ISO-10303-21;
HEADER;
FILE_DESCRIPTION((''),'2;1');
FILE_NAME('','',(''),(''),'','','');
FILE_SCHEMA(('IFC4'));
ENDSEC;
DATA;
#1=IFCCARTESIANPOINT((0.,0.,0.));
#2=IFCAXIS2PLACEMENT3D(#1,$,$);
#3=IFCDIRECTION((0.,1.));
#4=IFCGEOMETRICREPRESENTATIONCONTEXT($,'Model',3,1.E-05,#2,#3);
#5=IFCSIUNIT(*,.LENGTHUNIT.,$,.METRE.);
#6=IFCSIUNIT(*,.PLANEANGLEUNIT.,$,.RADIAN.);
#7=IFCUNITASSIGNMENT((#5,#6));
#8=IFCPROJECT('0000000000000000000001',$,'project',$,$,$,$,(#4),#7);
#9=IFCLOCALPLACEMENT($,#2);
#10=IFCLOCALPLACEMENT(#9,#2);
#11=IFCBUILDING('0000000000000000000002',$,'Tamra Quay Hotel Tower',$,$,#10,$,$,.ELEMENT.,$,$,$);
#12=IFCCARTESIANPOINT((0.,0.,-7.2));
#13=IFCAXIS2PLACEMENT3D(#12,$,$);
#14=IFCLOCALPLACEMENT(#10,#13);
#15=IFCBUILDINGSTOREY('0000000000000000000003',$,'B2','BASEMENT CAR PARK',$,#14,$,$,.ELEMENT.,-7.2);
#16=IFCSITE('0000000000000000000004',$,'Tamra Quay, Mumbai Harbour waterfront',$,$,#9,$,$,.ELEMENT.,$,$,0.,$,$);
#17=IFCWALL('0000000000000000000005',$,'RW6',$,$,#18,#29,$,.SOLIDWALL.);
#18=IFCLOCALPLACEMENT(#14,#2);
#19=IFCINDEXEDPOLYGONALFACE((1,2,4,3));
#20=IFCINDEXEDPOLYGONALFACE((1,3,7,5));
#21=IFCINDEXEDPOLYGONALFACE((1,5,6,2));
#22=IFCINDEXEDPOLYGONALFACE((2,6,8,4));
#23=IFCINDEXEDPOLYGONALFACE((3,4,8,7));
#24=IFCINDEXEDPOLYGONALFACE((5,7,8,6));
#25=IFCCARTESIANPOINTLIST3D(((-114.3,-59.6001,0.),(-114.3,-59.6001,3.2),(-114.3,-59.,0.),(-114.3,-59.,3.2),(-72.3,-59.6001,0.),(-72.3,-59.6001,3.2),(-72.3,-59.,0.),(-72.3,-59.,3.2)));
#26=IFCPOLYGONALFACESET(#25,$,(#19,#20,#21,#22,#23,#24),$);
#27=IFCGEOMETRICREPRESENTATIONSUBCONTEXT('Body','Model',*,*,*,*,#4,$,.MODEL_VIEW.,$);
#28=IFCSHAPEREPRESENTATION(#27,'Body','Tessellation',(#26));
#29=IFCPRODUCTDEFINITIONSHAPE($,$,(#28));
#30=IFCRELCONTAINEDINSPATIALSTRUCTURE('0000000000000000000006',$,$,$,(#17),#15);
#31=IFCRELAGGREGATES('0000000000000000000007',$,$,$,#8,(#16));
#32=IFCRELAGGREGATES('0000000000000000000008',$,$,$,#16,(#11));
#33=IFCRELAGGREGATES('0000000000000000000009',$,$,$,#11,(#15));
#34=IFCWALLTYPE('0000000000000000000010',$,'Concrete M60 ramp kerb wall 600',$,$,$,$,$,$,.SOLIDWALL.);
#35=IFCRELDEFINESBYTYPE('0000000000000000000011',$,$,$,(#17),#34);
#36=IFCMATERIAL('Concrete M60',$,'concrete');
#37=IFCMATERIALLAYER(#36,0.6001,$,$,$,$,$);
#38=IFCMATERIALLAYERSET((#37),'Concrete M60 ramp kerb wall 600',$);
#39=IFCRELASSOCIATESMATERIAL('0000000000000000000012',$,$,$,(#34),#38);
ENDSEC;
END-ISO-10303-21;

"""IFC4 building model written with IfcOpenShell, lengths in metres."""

from ifc_helpers import new_model, si_unit, direction, frame, frame_2d, origin, place, context, subcontext, project, spatial, rectangle, extrude, material, layer, layer_set, type_object, element, save


model = new_model("IFC4")

# Units and contexts
model_context = context("Model", 3, precision=1e-05, world=origin(), true_north=direction((0.0, 1.0)))
body_context = subcontext(model_context, "Body", "Model", "MODEL_VIEW")
ifc_project = project(units=[si_unit("LENGTHUNIT", "METRE"), si_unit("PLANEANGLEUNIT", "RADIAN")], contexts=[model_context])

# Site, building, storey
site_placement = place(None, origin())
site = spatial("IfcSite", under=ifc_project, at=site_placement, Name="Tamra Quay, Mumbai Harbour waterfront", CompositionType="ELEMENT", RefElevation=0.0)
building_placement = place(site_placement, origin())
building = spatial("IfcBuilding", under=site, at=building_placement, Name="Tamra Quay Hotel Tower", CompositionType="ELEMENT")
storey_placement = place(building_placement, frame((0.0, 0.0, -7.2)))
storey = spatial("IfcBuildingStorey", under=building, at=storey_placement, Name="B2", Description="BASEMENT CAR PARK", CompositionType="ELEMENT", Elevation=-7.2)

# Shared definitions
ifc_material_1 = material(Name="Concrete M60", Category="concrete")

# Wall
ifc_layer_1 = layer(ifc_material_1, 0.6001)
ifc_layer_set_1 = layer_set([ifc_layer_1], Name="Concrete M60 ramp kerb wall 600")
wall_type_1 = type_object("IfcWallType", Name="Concrete M60 ramp kerb wall 600", PredefinedType="SOLIDWALL", material=ifc_layer_set_1)
wall_1_placement = place(storey_placement, frame((-114.3, -59.3, 0.0), z_axis=(0.0, 0.0, 1.0), x_axis=(1.0, 0.0, 0.0)))
element("IfcWall", 1, at=wall_1_placement, inside=storey, type_object=wall_type_1, Name="RW6", PredefinedType="SOLIDWALL", context=body_context, shape_type="SweptSolid", body=[
    extrude(rectangle(XDim=42.0, YDim=0.6001, at=frame_2d((21.0, 0.0))), origin(), (0.0, 0.0, 1.0), 3.2),
])

save(model, "model.ifc")
